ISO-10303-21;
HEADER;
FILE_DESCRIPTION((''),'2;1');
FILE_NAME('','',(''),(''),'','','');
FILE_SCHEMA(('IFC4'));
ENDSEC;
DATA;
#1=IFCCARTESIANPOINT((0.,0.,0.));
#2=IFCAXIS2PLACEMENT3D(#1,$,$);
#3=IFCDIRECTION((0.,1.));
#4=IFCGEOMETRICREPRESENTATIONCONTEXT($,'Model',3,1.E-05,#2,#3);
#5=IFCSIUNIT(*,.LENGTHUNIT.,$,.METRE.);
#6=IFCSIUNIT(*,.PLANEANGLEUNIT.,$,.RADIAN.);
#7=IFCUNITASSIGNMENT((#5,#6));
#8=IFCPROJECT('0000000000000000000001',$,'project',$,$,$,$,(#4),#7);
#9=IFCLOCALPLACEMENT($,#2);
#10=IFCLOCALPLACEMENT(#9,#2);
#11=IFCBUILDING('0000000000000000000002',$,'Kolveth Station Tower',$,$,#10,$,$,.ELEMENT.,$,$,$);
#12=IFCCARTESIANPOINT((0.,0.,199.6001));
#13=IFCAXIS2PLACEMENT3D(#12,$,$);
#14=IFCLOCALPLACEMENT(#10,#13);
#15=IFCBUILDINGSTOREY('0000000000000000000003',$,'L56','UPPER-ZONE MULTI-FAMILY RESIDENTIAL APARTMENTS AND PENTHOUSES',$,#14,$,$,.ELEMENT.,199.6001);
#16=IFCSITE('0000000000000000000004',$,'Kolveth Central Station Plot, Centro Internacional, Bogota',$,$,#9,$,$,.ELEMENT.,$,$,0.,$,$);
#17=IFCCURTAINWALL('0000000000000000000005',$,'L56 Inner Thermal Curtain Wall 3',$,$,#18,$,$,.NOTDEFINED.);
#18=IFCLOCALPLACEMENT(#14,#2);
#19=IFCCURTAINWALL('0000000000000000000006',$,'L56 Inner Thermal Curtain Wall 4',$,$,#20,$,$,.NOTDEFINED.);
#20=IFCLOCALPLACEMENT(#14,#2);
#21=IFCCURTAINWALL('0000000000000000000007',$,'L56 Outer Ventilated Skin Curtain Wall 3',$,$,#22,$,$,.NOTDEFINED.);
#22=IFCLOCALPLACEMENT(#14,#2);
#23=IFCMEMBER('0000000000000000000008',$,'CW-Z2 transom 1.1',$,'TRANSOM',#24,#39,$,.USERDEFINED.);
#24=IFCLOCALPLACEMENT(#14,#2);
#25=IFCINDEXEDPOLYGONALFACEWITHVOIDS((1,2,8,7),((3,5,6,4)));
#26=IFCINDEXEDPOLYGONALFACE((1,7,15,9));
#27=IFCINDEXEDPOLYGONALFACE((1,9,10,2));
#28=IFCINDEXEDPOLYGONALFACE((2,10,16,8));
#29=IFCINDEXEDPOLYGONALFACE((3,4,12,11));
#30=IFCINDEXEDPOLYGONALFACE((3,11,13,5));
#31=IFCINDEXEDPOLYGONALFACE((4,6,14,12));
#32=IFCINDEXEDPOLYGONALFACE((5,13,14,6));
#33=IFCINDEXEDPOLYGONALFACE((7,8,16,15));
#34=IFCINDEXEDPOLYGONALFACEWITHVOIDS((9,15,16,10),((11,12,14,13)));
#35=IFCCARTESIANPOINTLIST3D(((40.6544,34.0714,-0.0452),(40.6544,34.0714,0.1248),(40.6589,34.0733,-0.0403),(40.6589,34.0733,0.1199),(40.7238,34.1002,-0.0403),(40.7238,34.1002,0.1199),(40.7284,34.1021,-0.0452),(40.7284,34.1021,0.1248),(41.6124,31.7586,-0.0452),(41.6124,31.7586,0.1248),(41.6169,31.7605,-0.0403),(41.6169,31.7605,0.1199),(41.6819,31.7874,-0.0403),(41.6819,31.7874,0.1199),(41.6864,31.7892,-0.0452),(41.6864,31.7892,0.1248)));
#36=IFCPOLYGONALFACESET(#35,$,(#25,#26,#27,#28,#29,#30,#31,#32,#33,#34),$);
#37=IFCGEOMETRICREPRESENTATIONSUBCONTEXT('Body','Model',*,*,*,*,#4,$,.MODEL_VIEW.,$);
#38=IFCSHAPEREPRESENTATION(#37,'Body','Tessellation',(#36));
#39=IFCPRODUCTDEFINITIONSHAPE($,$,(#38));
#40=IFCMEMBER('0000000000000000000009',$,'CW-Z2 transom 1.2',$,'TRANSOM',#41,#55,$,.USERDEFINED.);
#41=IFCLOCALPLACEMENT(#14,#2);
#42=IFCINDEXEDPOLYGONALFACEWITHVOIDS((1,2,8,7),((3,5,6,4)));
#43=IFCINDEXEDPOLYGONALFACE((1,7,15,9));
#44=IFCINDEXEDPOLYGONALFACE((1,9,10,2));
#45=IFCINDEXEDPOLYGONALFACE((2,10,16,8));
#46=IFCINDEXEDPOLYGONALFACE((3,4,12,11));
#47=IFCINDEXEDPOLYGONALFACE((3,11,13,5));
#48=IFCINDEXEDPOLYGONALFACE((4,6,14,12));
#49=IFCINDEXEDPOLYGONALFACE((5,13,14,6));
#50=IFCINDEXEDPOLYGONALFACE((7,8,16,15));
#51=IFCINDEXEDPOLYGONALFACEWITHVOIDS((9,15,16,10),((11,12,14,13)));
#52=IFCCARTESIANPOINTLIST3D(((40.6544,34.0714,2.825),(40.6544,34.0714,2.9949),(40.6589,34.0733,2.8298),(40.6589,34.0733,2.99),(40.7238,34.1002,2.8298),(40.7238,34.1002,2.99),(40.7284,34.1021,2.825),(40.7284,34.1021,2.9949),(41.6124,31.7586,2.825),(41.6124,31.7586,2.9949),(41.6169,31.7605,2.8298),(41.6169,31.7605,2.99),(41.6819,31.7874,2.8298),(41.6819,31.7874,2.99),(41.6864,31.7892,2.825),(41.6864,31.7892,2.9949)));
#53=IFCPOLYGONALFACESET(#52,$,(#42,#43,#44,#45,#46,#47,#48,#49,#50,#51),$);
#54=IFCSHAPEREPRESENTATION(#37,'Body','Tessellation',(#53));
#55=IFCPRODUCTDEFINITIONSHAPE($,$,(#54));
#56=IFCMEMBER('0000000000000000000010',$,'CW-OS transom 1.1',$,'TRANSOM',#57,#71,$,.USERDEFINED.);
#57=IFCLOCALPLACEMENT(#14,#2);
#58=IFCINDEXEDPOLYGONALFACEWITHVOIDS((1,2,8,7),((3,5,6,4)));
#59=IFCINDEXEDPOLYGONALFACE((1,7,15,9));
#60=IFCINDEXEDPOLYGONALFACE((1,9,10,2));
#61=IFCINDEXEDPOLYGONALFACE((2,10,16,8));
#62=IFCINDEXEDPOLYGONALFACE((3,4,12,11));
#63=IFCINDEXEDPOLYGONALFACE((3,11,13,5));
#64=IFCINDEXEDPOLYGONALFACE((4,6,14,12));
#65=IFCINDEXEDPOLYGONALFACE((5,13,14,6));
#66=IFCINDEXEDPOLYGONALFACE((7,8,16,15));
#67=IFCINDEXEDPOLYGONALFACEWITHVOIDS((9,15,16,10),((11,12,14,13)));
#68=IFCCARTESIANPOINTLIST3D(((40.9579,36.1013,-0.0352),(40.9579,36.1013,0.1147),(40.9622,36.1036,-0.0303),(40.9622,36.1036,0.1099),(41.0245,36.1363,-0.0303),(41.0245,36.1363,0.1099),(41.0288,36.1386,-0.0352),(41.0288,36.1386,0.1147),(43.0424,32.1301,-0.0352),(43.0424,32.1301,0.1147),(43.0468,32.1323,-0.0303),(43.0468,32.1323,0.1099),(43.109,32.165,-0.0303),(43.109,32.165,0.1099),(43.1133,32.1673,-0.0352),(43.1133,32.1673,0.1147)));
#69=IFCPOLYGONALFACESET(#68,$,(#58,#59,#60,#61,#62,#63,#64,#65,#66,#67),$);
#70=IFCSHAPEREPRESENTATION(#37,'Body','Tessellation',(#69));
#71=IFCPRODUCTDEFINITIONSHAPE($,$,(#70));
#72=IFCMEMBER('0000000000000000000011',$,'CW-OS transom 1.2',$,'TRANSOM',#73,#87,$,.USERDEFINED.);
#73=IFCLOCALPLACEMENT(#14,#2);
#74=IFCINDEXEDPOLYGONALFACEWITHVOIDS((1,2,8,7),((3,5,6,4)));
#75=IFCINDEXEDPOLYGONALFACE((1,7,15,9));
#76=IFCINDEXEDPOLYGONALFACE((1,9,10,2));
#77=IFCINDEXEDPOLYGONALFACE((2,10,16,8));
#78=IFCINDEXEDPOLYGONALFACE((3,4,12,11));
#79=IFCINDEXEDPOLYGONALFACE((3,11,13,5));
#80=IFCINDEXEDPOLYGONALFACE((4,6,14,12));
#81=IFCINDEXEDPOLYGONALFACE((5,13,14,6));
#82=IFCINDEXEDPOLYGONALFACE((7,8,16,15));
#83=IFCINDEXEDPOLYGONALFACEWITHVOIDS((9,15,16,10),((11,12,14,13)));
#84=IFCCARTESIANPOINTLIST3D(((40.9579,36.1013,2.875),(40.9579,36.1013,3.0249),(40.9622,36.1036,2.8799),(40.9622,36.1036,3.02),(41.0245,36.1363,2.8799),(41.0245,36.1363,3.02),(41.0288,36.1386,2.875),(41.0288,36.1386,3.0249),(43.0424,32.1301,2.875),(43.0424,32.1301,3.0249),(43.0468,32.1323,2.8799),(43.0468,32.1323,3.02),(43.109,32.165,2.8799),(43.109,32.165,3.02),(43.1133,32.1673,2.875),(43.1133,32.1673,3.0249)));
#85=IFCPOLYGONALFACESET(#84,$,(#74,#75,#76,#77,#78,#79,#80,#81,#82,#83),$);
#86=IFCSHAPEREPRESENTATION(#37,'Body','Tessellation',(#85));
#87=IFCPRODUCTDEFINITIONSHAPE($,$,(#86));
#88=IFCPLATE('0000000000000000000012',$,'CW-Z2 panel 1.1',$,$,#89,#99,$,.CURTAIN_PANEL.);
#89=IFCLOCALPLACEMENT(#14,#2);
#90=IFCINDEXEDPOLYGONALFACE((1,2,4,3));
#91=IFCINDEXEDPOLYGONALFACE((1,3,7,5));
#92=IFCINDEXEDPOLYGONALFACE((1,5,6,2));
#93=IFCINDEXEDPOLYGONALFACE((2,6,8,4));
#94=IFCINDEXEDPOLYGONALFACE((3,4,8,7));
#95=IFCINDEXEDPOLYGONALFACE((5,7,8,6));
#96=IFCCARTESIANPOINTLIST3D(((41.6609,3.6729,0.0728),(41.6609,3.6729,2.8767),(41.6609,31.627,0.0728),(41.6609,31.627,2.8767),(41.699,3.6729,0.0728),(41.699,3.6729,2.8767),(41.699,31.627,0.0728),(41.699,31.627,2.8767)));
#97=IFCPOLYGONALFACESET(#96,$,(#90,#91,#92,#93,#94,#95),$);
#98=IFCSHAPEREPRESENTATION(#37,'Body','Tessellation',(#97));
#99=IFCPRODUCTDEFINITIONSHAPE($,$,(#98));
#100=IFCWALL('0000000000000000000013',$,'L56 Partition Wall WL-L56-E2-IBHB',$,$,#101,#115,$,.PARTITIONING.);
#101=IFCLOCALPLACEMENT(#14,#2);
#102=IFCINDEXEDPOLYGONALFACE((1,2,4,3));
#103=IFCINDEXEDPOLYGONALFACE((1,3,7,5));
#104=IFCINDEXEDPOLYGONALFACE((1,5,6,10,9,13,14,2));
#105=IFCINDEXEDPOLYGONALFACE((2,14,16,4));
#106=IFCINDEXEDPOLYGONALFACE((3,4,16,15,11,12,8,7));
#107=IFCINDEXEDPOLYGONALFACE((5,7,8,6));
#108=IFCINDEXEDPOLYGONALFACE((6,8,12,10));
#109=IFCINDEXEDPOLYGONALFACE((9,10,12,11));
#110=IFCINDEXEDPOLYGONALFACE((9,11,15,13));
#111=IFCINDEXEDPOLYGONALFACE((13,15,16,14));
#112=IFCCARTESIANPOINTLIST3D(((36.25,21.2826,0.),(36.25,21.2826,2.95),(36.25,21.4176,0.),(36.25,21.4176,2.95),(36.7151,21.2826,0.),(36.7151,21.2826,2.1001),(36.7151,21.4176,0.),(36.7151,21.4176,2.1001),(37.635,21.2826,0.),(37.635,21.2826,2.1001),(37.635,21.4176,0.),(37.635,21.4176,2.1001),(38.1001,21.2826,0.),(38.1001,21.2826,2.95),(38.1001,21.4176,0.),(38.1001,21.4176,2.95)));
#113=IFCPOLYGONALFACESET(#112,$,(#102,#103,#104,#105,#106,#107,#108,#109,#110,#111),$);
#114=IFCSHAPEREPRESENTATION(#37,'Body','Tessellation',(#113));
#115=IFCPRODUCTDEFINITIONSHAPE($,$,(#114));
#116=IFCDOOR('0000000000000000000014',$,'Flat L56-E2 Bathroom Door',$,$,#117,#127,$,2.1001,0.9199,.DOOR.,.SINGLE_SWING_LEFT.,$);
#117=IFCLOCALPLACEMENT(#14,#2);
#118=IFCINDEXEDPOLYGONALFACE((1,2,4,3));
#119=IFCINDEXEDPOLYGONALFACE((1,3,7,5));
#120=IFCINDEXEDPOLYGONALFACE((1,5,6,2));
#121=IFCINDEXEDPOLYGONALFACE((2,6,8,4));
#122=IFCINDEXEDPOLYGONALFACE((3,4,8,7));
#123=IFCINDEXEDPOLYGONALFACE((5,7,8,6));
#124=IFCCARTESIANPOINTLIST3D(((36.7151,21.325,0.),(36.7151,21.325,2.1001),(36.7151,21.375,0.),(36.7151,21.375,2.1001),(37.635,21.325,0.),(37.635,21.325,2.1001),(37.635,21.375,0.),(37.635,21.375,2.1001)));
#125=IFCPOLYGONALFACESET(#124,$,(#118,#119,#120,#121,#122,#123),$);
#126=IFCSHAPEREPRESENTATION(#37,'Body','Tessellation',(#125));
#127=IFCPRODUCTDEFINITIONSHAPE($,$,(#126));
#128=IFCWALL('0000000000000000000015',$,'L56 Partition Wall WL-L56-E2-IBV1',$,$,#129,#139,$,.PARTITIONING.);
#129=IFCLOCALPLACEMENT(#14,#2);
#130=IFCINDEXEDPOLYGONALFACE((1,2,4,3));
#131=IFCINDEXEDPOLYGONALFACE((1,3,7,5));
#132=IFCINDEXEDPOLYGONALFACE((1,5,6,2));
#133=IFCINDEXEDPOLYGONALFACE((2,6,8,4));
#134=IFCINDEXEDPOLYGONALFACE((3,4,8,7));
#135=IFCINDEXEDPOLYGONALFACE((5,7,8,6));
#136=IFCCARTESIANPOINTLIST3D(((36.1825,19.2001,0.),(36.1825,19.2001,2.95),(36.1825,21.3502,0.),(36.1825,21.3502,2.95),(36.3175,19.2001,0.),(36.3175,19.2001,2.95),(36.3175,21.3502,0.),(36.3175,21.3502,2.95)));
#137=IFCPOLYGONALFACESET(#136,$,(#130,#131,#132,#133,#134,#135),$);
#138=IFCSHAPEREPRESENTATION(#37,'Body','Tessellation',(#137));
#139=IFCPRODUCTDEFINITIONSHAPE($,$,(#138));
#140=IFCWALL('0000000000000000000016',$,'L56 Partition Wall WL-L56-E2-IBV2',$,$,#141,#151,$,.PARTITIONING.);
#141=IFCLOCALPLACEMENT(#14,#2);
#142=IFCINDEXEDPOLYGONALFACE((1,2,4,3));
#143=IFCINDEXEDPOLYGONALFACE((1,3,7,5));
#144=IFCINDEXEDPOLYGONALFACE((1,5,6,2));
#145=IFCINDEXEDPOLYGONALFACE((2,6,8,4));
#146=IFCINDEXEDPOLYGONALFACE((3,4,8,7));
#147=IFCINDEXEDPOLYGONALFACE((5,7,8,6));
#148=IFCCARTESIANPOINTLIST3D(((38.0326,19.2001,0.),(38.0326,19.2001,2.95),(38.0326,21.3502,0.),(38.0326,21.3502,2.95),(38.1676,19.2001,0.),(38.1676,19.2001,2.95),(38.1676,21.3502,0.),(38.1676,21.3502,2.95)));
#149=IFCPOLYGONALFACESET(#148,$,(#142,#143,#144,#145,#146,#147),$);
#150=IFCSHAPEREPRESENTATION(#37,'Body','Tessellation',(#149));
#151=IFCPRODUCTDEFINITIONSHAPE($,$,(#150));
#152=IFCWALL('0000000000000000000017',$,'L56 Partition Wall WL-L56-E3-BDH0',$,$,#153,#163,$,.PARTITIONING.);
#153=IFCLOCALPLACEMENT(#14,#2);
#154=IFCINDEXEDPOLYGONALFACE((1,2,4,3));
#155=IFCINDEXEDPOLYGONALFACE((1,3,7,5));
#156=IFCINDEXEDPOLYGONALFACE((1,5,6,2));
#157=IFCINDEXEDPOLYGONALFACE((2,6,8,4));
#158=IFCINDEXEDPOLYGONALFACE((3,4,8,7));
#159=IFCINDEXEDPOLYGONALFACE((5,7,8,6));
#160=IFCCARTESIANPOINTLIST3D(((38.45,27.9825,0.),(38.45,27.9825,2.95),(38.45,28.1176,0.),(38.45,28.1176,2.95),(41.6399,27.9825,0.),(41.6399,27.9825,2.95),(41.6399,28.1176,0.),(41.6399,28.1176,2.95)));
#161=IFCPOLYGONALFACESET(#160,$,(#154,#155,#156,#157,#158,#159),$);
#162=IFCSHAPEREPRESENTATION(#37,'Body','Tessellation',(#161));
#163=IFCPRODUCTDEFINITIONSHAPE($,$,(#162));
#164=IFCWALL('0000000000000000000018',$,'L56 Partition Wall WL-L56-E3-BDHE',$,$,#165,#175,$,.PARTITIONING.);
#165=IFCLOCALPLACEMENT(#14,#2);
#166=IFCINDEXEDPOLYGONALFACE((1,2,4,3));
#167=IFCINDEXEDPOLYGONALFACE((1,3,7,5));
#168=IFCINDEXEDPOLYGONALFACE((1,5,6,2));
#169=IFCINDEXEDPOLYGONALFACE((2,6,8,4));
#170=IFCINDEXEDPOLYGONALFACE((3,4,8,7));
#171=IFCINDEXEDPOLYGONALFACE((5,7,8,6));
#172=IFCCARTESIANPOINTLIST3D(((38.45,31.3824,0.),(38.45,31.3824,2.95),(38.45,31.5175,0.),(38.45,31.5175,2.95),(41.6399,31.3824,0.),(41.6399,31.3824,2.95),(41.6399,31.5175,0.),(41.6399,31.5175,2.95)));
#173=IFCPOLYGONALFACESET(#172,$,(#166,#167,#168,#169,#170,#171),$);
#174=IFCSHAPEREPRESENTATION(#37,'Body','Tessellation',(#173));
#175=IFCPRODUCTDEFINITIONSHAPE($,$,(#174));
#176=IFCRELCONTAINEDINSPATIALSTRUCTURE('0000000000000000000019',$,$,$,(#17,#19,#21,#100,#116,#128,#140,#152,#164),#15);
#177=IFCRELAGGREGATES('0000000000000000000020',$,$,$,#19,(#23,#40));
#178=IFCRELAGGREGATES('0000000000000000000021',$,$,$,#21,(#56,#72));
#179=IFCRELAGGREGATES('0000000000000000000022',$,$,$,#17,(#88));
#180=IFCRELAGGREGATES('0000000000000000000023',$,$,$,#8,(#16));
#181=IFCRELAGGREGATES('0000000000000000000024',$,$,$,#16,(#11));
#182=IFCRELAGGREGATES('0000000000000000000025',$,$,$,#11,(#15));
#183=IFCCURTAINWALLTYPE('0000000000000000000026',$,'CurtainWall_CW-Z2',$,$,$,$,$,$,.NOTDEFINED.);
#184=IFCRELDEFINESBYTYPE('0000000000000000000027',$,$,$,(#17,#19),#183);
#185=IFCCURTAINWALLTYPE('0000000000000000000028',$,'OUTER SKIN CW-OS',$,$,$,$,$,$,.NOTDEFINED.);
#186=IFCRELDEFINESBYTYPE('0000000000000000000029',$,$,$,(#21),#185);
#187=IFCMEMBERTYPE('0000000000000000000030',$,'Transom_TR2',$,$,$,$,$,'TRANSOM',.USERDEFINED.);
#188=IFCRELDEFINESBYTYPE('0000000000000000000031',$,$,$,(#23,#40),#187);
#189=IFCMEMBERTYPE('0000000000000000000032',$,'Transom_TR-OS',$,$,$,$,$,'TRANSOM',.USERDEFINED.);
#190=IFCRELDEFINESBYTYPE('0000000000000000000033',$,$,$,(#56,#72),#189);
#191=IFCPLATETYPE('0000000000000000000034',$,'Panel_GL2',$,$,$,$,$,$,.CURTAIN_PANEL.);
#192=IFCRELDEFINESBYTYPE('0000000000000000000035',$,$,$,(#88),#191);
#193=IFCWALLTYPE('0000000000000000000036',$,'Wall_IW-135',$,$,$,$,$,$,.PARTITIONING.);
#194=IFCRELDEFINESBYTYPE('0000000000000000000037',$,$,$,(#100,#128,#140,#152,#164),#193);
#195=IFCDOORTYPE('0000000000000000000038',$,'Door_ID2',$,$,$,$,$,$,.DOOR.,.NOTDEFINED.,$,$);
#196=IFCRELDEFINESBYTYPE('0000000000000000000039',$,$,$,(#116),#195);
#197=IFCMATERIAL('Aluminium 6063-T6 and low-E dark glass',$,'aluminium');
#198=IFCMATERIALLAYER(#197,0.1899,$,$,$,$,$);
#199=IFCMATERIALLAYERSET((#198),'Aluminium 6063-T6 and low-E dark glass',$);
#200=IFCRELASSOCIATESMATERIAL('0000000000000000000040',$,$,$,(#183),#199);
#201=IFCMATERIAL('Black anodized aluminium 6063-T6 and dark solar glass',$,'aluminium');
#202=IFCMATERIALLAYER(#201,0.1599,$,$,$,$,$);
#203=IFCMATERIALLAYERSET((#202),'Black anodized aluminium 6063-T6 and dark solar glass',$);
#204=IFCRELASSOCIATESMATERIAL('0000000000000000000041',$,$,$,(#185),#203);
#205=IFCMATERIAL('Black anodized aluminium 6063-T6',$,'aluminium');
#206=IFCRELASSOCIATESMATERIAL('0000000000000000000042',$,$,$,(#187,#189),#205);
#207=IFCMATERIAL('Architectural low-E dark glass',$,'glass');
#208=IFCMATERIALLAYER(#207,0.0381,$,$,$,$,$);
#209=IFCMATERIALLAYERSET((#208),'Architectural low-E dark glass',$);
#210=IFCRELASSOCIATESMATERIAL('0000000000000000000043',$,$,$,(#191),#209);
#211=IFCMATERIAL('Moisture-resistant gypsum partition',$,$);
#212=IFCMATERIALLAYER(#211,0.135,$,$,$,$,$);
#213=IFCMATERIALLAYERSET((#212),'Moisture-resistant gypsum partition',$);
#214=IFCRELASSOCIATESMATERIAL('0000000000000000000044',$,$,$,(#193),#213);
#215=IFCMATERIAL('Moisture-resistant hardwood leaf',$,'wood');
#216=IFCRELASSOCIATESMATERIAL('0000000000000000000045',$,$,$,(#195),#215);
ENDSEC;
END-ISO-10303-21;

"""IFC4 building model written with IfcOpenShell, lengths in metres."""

from ifc_helpers import new_model, si_unit, direction, frame, frame_2d, origin, origin_2d, place, context, subcontext, project, spatial, rectangle, hollow_rectangle, extrude, source, transform, mapped, material, layer, layer_set, material_profile, profile_set, type_object, element, fill, aggregate, save


model = new_model("IFC4")

# Units and contexts
model_context = context("Model", 3, precision=1e-05, world=origin(), true_north=direction((0.0, 1.0)))
body_context = subcontext(model_context, "Body", "Model", "MODEL_VIEW")
ifc_project = project(units=[si_unit("LENGTHUNIT", "METRE"), si_unit("PLANEANGLEUNIT", "RADIAN")], contexts=[model_context])

# Site, building, storey
site_placement = place(None, origin())
site = spatial("IfcSite", under=ifc_project, at=site_placement, Name="Kolveth Central Station Plot, Centro Internacional, Bogota", CompositionType="ELEMENT", RefElevation=0.0)
building_placement = place(site_placement, origin())
building = spatial("IfcBuilding", under=site, at=building_placement, Name="Kolveth Station Tower", CompositionType="ELEMENT")
storey_placement = place(building_placement, frame((0.0, 0.0, 199.6001)))
storey = spatial("IfcBuildingStorey", under=building, at=storey_placement, Name="L56", Description="UPPER-ZONE MULTI-FAMILY RESIDENTIAL APARTMENTS AND PENTHOUSES", CompositionType="ELEMENT", Elevation=199.6001)

# Curtain walls
ifc_material_1 = material(Name="Aluminium 6063-T6 and low-E dark glass", Category="aluminium")
ifc_layer_1 = layer(ifc_material_1, 0.1899)
ifc_layer_set_1 = layer_set([ifc_layer_1], Name="Aluminium 6063-T6 and low-E dark glass")
curtain_wall_type_1 = type_object("IfcCurtainWallType", Name="CurtainWall_CW-Z2", PredefinedType="NOTDEFINED", material=ifc_layer_set_1)
curtain_wall_1_placement = place(storey_placement, origin())
curtain_wall_1 = element("IfcCurtainWall", 1, at=curtain_wall_1_placement, inside=storey, type_object=curtain_wall_type_1, Name="L56 Inner Thermal Curtain Wall 3", PredefinedType="NOTDEFINED")
ifc_material_2 = material(Name="Black anodized aluminium 6063-T6", Category="aluminium")
curtain_wall_2_placement = place(storey_placement, origin())
curtain_wall_2 = element("IfcCurtainWall", 2, at=curtain_wall_2_placement, inside=storey, type_object=curtain_wall_type_1, Name="L56 Inner Thermal Curtain Wall 4", PredefinedType="NOTDEFINED")
ifc_material_3 = material(Name="Black anodized aluminium 6063-T6 and dark solar glass", Category="aluminium")
ifc_layer_2 = layer(ifc_material_3, 0.1599)
ifc_layer_set_2 = layer_set([ifc_layer_2], Name="Black anodized aluminium 6063-T6 and dark solar glass")
curtain_wall_type_2 = type_object("IfcCurtainWallType", Name="OUTER SKIN CW-OS", PredefinedType="NOTDEFINED", material=ifc_layer_set_2)
curtain_wall_3_placement = place(storey_placement, origin())
curtain_wall_3 = element("IfcCurtainWall", 3, at=curtain_wall_3_placement, inside=storey, type_object=curtain_wall_type_2, Name="L56 Outer Ventilated Skin Curtain Wall 3", PredefinedType="NOTDEFINED")

# Members
ifc_material_profile_1 = material_profile(ifc_material_2, hollow_rectangle(XDim=0.0801, YDim=0.1699, WallThickness=0.0049, at=origin_2d()), Name="ALU-80x170x5")
ifc_profile_set_1 = profile_set([ifc_material_profile_1], Name="Black anodized aluminium 6063-T6")
member_type_1 = type_object("IfcMemberType", Name="Transom_TR2", ElementType="TRANSOM", PredefinedType="USERDEFINED", material=ifc_profile_set_1)
shared_shape_1 = source(origin(), body_context, "Body", "SweptSolid", [
    extrude(hollow_rectangle(XDim=0.0801, YDim=0.1699, WallThickness=0.0049, at=origin_2d()), origin(), (0.0, 0.0, 1.0), 2.5034),
])
member_1_placement = place(storey_placement, frame((41.6494, 31.7739, 0.0398), z_axis=(-0.382696, 0.923874, 0.0), x_axis=(-0.923874, -0.382696, 0.0)))
member_1 = element("IfcMember", 4, at=member_1_placement, type_object=member_type_1, Name="CW-Z2 transom 1.1", ObjectType="TRANSOM", PredefinedType="USERDEFINED", context=body_context, shape_type="MappedRepresentation", body=[
    mapped(shared_shape_1, transform((0.0, 0.0, 0.0), x_axis=(1.0, 0.0, 0.0), y_axis=(0.0, 1.0, 0.0), z_axis=(0.0, 0.0, 1.0), scale=1.0)),
])
member_2_placement = place(storey_placement, frame((41.6494, 31.7739, 2.9099), z_axis=(-0.382696, 0.923874, 0.0), x_axis=(-0.923874, -0.382696, 0.0)))
member_2 = element("IfcMember", 5, at=member_2_placement, type_object=member_type_1, Name="CW-Z2 transom 1.2", ObjectType="TRANSOM", PredefinedType="USERDEFINED", context=body_context, shape_type="MappedRepresentation", body=[
    mapped(shared_shape_1, transform((0.0, 0.0, 0.0), x_axis=(1.0, 0.0, 0.0), y_axis=(0.0, 1.0, 0.0), z_axis=(0.0, 0.0, 1.0), scale=1.0)),
])
aggregate(curtain_wall_2, [member_1, member_2])
ifc_material_profile_2 = material_profile(ifc_material_2, hollow_rectangle(XDim=0.0801, YDim=0.1499, WallThickness=0.0049, at=origin_2d()), Name="ALU-80x150x5")
ifc_profile_set_2 = profile_set([ifc_material_profile_2], Name="Black anodized aluminium 6063-T6")
member_type_2 = type_object("IfcMemberType", Name="Transom_TR-OS", ElementType="TRANSOM", PredefinedType="USERDEFINED", material=ifc_profile_set_2)
shared_shape_2 = source(origin(), body_context, "Body", "SweptSolid", [
    extrude(hollow_rectangle(XDim=0.0801, YDim=0.1499, WallThickness=0.0049, at=origin_2d()), origin(), (0.0, 0.0, 1.0), 4.4851),
])
member_3_placement = place(storey_placement, frame((43.0779, 32.1487, 0.0398), z_axis=(-0.464763, 0.885435, 0.0), x_axis=(-0.885435, -0.464763, 0.0)))
member_3 = element("IfcMember", 6, at=member_3_placement, type_object=member_type_2, Name="CW-OS transom 1.1", ObjectType="TRANSOM", PredefinedType="USERDEFINED", context=body_context, shape_type="MappedRepresentation", body=[
    mapped(shared_shape_2, transform((0.0, 0.0, 0.0), x_axis=(1.0, 0.0, 0.0), y_axis=(0.0, 1.0, 0.0), z_axis=(0.0, 0.0, 1.0), scale=1.0)),
])
member_4_placement = place(storey_placement, frame((43.0779, 32.1487, 2.95), z_axis=(-0.464763, 0.885435, 0.0), x_axis=(-0.885435, -0.464763, 0.0)))
member_4 = element("IfcMember", 7, at=member_4_placement, type_object=member_type_2, Name="CW-OS transom 1.2", ObjectType="TRANSOM", PredefinedType="USERDEFINED", context=body_context, shape_type="MappedRepresentation", body=[
    mapped(shared_shape_2, transform((0.0, 0.0, 0.0), x_axis=(1.0, 0.0, 0.0), y_axis=(0.0, 1.0, 0.0), z_axis=(0.0, 0.0, 1.0), scale=1.0)),
])
aggregate(curtain_wall_3, [member_3, member_4])

# Plate
ifc_material_4 = material(Name="Architectural low-E dark glass", Category="glass")
ifc_layer_3 = layer(ifc_material_4, 0.0381)
ifc_layer_set_3 = layer_set([ifc_layer_3], Name="Architectural low-E dark glass")
plate_type = type_object("IfcPlateType", Name="Panel_GL2", PredefinedType="CURTAIN_PANEL", material=ifc_layer_set_3)
shared_shape_3 = source(origin(), body_context, "Body", "SweptSolid", [
    extrude(rectangle(XDim=27.9541, YDim=0.0381, at=origin_2d()), origin(), (0.0, 0.0, 1.0), 2.804),
])
plate_placement = place(storey_placement, frame((41.6799, 17.6499, 0.0728), z_axis=(0.0, 0.0, 1.0), x_axis=(0.0, 1.0, 0.0)))
plate = element("IfcPlate", 8, at=plate_placement, type_object=plate_type, Name="CW-Z2 panel 1.1", PredefinedType="CURTAIN_PANEL", context=body_context, shape_type="MappedRepresentation", body=[
    mapped(shared_shape_3, transform((0.0, 0.0, 0.0), x_axis=(1.0, 0.0, 0.0), y_axis=(0.0, 1.0, 0.0), z_axis=(0.0, 0.0, 1.0), scale=1.0)),
])
aggregate(curtain_wall_1, [plate])

# Wall, opening, door
ifc_material_5 = material(Name="Moisture-resistant gypsum partition")
ifc_layer_4 = layer(ifc_material_5, 0.135)
ifc_layer_set_4 = layer_set([ifc_layer_4], Name="Moisture-resistant gypsum partition")
wall_type = type_object("IfcWallType", Name="Wall_IW-135", PredefinedType="PARTITIONING", material=ifc_layer_set_4)
wall_1_placement = place(storey_placement, frame((36.25, 21.3501, 0.0), z_axis=(0.0, 0.0, 1.0), x_axis=(1.0, 0.0, 0.0)))
wall_1 = element("IfcWall", 9, at=wall_1_placement, inside=storey, type_object=wall_type, Name="L56 Partition Wall WL-L56-E2-IBHB", PredefinedType="PARTITIONING", context=body_context, shape_type="SweptSolid", body=[
    extrude(rectangle(XDim=1.8501, YDim=0.135, at=frame_2d((0.925, 0.0))), origin(), (0.0, 0.0, 1.0), 2.95),
])
opening_1_placement = place(wall_1_placement, frame((0.4651, 0.0, 0.0)))
opening_1 = element("IfcOpeningElement", 10, at=opening_1_placement, cuts=wall_1, PredefinedType="OPENING", context=body_context, shape_type="SweptSolid", body=[
    extrude(rectangle(XDim=0.9199, YDim=2.1001, at=frame_2d((0.46, 1.05))), frame((0.0, 0.0774, 0.0), z_axis=(0.0, -1.0, 0.0), x_axis=(1.0, 0.0, 0.0)), (0.0, 0.0, 1.0), 0.155),
])
ifc_material_6 = material(Name="Moisture-resistant hardwood leaf", Category="wood")
door_type_1 = type_object("IfcDoorType", Name="Door_ID2", OperationType="NOTDEFINED", PredefinedType="DOOR", material=ifc_material_6)
door_1_placement = place(opening_1_placement, origin())
door_1 = element("IfcDoor", 11, at=door_1_placement, inside=storey, type_object=door_type_1, Name="Flat L56-E2 Bathroom Door", OperationType="SINGLE_SWING_LEFT", OverallHeight=2.1001, OverallWidth=0.9199, PredefinedType="DOOR", context=body_context, shape_type="SweptSolid", body=[
    extrude(rectangle(XDim=0.9199, YDim=2.1001, at=frame_2d((0.46, 1.05))), frame((0.0, 0.0249, 0.0), z_axis=(0.0, -1.0, 0.0), x_axis=(1.0, 0.0, 0.0)), (0.0, 0.0, 1.0), 0.05),
])
fill(opening_1, door_1)

# Walls
for number, where, z_axis, x_axis, name in (
    (12, (36.25, 19.2, 0.0), (0.0, 0.0, 1.0), (0.0, 1.0, 0.0), "L56 Partition Wall WL-L56-E2-IBV1"),
    (13, (38.1001, 19.2, 0.0), (0.0, 0.0, 1.0), (0.0, 1.0, 0.0), "L56 Partition Wall WL-L56-E2-IBV2"),
):
    element("IfcWall", number, at=place(storey_placement, frame(where, z_axis=z_axis, x_axis=x_axis)), inside=storey, type_object=wall_type, Name=name, PredefinedType="PARTITIONING", context=body_context, shape_type="SweptSolid", body=[
        extrude(rectangle(XDim=2.1501, YDim=0.135, at=frame_2d((1.0752, 0.0))), origin(), (0.0, 0.0, 1.0), 2.95),
    ])
for number, where, z_axis, x_axis, name in (
    (14, (38.45, 28.05, 0.0), (0.0, 0.0, 1.0), (1.0, 0.0, 0.0), "L56 Partition Wall WL-L56-E3-BDH0"),
    (15, (38.45, 31.45, 0.0), (0.0, 0.0, 1.0), (1.0, 0.0, 0.0), "L56 Partition Wall WL-L56-E3-BDHE"),
):
    element("IfcWall", number, at=place(storey_placement, frame(where, z_axis=z_axis, x_axis=x_axis)), inside=storey, type_object=wall_type, Name=name, PredefinedType="PARTITIONING", context=body_context, shape_type="SweptSolid", body=[
        extrude(rectangle(XDim=3.1899, YDim=0.135, at=frame_2d((1.595, 0.0))), origin(), (0.0, 0.0, 1.0), 2.95),
    ])

save(model, "model.ifc")
